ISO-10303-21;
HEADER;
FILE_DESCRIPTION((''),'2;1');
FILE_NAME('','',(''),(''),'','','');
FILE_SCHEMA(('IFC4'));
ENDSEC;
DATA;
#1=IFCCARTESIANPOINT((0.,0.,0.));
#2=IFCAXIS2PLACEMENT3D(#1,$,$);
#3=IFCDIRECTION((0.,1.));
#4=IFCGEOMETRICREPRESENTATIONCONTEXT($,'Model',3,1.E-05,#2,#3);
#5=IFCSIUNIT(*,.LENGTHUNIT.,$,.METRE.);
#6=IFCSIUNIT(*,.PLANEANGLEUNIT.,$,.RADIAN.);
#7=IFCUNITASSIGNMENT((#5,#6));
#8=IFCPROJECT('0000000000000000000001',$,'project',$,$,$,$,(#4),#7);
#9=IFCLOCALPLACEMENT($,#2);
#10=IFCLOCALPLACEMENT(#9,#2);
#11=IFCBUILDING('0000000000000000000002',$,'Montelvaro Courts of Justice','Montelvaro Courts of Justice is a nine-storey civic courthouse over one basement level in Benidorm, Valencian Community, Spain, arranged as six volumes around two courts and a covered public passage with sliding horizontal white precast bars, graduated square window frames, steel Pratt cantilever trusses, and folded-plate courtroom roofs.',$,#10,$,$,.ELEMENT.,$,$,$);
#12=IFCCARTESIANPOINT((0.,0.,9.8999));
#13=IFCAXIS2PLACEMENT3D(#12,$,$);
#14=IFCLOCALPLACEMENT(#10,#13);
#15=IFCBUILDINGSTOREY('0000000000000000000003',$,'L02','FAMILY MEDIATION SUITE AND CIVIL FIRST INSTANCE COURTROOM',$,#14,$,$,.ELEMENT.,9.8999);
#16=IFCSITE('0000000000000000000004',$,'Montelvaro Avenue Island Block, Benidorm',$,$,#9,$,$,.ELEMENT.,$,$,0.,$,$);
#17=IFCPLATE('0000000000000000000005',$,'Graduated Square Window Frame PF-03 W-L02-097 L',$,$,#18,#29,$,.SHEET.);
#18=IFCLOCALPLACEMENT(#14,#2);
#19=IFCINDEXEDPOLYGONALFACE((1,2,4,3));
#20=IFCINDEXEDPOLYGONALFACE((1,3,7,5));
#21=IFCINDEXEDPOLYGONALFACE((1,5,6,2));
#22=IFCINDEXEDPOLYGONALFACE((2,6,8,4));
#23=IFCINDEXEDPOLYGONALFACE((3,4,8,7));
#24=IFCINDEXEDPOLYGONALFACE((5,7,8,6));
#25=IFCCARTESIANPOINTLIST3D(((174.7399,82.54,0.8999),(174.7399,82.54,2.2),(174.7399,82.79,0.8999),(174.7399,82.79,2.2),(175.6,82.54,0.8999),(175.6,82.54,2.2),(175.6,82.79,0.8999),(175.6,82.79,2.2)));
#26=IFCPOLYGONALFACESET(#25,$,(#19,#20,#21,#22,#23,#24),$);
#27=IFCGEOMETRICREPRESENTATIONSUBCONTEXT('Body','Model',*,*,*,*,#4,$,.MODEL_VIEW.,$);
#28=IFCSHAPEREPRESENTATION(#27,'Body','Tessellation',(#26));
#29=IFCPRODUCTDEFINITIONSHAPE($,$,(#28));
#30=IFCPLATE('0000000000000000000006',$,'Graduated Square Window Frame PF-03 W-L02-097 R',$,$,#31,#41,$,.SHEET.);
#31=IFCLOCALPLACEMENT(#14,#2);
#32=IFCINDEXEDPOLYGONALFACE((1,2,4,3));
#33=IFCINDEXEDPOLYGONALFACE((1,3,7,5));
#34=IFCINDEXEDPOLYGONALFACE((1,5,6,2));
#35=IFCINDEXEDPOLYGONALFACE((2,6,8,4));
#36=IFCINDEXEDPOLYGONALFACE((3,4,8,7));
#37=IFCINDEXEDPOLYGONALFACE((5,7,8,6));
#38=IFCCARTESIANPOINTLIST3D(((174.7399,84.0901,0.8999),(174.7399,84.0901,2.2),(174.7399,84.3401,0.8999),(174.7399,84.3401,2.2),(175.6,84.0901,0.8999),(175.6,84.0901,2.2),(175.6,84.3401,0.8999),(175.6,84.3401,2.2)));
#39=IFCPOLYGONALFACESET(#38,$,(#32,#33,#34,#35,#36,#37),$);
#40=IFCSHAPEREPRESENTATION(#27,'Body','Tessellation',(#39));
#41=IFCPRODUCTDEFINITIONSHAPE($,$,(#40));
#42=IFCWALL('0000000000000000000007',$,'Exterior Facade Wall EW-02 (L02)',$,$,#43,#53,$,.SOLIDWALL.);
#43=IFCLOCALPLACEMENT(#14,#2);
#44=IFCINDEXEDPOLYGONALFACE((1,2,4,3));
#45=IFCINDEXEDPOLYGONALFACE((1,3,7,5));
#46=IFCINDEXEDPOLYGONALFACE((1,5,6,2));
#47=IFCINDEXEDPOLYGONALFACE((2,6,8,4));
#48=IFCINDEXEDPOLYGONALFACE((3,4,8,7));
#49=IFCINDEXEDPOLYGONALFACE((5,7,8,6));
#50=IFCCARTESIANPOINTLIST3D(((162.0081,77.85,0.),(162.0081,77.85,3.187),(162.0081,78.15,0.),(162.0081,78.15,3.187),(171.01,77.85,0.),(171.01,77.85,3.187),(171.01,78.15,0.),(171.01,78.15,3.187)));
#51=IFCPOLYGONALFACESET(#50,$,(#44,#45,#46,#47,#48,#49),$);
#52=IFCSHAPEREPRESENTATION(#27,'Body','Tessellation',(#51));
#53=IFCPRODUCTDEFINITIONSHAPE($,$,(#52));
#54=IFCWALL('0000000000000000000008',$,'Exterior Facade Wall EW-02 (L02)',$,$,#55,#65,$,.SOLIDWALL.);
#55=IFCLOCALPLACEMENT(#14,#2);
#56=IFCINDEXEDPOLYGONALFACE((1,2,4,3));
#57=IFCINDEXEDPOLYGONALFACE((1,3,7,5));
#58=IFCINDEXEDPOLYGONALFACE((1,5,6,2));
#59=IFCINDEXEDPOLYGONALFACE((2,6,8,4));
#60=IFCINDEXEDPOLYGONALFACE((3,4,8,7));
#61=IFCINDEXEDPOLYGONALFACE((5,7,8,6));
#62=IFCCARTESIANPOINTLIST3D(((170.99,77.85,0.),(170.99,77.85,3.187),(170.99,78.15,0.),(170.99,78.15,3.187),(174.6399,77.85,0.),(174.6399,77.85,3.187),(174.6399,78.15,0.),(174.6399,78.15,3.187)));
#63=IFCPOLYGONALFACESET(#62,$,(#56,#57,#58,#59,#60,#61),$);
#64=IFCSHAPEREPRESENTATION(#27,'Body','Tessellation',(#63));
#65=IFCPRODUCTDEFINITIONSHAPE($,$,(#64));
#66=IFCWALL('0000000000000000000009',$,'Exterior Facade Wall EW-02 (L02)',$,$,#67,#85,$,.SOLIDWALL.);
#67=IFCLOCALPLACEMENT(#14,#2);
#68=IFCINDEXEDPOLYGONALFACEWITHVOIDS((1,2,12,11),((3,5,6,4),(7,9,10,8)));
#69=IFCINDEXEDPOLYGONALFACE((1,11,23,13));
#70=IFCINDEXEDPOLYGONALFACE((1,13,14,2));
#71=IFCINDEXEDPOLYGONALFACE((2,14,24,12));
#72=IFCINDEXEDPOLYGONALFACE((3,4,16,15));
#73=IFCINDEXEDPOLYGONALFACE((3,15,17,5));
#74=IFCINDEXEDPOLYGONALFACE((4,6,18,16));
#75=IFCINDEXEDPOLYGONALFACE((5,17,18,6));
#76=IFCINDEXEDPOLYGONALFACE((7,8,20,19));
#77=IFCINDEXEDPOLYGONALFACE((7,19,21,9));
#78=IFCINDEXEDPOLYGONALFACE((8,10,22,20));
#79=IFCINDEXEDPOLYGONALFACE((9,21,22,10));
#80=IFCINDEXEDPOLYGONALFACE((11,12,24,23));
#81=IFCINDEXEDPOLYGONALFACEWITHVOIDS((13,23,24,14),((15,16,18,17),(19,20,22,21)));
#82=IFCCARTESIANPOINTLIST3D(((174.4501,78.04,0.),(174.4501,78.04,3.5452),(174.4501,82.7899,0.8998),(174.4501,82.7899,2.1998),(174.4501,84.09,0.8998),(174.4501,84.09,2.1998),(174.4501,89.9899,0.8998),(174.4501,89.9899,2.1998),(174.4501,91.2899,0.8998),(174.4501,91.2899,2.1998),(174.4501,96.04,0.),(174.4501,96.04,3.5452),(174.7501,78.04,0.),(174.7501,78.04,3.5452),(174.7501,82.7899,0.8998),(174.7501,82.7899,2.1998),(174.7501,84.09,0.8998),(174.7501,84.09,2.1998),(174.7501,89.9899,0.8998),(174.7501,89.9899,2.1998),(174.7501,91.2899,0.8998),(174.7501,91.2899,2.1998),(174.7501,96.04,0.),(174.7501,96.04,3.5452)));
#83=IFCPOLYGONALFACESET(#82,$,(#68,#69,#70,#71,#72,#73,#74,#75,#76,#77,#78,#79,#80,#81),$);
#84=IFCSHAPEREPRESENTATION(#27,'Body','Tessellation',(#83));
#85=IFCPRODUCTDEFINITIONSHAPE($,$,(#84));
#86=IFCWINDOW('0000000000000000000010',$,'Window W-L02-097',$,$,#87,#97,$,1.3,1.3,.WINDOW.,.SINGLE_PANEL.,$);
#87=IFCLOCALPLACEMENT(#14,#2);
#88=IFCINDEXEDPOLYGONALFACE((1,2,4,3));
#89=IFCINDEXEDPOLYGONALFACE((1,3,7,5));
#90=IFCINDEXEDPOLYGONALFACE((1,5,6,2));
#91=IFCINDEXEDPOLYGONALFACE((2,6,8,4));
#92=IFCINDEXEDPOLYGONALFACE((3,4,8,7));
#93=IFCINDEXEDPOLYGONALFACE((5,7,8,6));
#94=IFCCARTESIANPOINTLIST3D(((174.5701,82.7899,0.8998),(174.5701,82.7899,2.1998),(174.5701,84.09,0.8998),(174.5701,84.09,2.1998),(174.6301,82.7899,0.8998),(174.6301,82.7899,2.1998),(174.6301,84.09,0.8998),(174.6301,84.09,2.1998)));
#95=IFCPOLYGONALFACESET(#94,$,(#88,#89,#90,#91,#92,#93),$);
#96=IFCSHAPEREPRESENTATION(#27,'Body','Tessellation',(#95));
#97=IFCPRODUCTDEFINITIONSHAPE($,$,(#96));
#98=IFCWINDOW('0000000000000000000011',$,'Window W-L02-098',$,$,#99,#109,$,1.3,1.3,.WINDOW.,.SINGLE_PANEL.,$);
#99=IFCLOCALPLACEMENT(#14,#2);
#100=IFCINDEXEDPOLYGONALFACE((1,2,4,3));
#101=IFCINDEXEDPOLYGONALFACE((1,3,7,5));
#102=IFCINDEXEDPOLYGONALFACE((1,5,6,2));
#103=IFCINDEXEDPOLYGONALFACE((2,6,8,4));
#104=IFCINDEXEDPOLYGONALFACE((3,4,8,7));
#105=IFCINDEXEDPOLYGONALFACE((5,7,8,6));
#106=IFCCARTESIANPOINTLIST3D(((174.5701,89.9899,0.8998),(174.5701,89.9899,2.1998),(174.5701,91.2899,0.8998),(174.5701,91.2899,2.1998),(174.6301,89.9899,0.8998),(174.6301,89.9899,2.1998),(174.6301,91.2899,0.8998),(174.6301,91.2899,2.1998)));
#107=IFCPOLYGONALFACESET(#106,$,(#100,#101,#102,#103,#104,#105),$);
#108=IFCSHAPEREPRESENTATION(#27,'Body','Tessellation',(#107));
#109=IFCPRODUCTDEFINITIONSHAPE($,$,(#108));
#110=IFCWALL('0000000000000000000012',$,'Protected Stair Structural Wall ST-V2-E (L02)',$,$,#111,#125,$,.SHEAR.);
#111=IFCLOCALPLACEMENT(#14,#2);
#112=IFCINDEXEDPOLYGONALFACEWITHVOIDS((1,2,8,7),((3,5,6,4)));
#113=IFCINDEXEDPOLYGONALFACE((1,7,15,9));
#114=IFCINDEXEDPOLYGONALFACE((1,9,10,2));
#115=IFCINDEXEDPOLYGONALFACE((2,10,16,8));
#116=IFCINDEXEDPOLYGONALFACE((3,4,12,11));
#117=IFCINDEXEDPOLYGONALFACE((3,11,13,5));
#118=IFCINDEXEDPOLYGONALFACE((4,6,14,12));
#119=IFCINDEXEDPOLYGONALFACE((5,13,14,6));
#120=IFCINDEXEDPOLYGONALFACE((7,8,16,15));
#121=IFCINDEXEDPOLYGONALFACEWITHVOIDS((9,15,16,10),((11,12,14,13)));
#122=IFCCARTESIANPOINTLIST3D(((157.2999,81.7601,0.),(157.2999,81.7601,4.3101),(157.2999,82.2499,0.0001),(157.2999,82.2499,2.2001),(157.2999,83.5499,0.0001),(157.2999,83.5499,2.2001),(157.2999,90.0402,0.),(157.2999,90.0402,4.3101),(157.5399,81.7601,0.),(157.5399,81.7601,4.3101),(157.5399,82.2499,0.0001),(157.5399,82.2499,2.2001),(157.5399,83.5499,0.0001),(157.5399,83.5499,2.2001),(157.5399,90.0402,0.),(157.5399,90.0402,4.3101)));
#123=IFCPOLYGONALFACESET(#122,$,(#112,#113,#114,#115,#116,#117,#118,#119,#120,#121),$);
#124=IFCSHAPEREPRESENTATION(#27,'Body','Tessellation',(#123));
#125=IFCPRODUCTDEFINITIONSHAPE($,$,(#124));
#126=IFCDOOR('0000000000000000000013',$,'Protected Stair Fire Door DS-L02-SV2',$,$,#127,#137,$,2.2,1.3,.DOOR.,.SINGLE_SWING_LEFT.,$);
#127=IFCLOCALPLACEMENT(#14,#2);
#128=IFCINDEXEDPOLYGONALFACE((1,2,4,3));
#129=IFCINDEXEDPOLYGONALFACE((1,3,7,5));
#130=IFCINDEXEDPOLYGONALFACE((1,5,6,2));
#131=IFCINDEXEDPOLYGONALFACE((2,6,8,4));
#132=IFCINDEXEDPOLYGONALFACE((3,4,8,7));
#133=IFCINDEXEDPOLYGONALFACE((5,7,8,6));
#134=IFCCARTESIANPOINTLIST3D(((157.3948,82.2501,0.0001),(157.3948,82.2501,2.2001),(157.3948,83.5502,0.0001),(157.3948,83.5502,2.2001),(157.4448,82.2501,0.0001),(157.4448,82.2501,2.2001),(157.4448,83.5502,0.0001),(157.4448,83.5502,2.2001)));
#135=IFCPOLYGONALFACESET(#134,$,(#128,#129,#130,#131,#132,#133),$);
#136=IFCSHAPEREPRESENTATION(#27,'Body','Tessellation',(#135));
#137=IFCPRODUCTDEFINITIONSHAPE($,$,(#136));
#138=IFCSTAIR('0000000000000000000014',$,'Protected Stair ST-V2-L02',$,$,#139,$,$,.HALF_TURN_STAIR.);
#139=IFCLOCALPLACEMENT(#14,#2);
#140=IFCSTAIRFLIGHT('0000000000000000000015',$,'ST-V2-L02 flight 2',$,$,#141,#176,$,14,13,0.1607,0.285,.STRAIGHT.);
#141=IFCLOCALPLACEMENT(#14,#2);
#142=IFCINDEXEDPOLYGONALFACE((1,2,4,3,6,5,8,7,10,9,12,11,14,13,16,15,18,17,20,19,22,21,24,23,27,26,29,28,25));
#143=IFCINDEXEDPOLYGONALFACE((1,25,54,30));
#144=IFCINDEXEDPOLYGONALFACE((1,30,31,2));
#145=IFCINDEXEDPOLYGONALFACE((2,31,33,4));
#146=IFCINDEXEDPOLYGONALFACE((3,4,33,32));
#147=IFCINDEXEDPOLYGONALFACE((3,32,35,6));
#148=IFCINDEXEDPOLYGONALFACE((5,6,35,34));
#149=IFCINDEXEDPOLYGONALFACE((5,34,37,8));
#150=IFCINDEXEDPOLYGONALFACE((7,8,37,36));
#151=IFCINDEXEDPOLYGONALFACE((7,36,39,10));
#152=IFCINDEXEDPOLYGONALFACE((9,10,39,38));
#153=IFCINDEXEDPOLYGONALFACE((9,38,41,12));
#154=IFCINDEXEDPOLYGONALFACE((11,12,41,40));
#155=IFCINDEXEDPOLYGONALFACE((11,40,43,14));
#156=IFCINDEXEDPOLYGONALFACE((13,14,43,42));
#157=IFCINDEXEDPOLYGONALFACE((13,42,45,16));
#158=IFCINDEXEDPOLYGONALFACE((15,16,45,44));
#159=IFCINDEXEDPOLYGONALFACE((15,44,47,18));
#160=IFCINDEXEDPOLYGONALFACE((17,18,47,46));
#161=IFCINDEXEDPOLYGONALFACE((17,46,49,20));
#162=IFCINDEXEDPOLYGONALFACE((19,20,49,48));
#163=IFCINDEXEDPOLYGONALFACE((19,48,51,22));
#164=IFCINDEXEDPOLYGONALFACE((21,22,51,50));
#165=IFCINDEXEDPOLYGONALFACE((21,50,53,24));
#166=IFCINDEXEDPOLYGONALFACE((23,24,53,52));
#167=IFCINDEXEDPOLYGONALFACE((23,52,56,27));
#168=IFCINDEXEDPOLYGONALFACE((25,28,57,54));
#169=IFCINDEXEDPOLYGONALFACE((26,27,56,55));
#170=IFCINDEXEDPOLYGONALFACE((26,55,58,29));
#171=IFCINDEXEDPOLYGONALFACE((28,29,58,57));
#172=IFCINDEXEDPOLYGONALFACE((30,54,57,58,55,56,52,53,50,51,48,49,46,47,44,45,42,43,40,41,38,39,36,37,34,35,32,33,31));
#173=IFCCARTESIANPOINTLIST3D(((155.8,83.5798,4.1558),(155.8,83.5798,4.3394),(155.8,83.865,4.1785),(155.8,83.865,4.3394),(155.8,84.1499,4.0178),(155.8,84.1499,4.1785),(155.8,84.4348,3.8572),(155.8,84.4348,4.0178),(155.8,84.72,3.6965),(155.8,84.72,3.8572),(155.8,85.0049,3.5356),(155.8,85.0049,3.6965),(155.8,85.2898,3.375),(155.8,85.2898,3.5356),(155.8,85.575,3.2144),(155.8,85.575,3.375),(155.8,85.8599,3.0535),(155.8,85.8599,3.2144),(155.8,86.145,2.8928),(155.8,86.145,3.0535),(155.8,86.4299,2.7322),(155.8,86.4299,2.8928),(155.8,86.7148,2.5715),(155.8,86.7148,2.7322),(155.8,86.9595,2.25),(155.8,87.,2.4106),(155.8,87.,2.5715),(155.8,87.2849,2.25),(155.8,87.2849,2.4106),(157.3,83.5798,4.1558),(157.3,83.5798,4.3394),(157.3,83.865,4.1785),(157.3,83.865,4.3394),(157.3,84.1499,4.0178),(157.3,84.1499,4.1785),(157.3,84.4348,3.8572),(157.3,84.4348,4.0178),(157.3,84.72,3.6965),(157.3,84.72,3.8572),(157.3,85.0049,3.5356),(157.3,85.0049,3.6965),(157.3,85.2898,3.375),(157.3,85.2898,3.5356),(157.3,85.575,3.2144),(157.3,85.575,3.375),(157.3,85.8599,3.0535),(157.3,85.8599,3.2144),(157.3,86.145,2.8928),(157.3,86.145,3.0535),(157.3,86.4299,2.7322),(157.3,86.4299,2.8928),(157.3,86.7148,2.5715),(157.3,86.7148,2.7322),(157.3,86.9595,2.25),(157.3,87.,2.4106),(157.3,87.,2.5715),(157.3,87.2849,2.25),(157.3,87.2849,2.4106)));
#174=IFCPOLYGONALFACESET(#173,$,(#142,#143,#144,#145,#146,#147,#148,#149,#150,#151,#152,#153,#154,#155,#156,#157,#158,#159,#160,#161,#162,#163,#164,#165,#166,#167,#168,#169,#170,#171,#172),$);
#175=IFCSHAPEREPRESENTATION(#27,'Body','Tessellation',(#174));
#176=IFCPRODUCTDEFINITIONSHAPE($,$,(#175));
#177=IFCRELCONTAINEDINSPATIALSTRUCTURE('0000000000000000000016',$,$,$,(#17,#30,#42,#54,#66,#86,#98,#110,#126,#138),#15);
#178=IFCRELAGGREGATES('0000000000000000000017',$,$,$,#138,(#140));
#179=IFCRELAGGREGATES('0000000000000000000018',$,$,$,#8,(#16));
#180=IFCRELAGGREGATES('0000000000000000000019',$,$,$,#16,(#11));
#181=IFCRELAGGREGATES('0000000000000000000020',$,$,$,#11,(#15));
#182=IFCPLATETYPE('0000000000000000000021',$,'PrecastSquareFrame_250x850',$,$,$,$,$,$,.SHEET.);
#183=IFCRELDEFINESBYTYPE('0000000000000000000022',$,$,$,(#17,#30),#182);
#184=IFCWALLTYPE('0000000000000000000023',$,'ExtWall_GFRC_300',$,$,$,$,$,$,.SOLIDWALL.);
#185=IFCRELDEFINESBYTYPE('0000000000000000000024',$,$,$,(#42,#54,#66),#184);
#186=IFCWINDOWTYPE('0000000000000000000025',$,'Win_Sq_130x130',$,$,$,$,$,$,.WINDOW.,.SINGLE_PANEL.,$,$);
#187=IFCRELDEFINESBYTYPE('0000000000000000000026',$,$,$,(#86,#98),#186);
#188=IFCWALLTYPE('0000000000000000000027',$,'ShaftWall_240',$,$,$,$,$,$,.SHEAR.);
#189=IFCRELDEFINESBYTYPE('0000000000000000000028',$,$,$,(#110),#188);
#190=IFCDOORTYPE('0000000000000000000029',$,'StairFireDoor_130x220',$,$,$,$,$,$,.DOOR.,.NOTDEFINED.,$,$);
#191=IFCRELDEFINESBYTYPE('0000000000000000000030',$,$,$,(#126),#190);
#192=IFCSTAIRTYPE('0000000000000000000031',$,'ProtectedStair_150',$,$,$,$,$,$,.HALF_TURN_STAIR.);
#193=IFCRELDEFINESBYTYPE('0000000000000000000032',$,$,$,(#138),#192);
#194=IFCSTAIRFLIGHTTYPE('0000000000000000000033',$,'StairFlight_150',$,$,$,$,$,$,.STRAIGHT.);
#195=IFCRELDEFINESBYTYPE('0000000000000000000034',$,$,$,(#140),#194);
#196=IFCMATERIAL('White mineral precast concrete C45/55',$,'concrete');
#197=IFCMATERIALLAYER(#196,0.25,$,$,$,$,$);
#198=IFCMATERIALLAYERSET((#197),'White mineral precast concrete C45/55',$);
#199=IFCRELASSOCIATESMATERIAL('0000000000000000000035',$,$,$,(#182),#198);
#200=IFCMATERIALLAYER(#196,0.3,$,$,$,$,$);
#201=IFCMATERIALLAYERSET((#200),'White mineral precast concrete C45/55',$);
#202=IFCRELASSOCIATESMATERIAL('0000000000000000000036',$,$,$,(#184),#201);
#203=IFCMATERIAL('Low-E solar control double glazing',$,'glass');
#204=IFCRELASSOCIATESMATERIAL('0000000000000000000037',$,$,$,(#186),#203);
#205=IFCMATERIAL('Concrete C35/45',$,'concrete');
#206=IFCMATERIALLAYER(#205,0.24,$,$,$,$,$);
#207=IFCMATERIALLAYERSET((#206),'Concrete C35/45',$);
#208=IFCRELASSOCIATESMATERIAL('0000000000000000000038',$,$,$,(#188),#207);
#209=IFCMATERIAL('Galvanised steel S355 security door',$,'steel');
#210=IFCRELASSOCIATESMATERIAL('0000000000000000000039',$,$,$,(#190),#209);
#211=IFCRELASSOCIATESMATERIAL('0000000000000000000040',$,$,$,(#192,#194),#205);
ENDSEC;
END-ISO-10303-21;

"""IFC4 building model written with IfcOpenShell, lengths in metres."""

from ifc_helpers import new_model, si_unit, direction, frame, frame_2d, origin, origin_2d, place, context, subcontext, project, spatial, polyline, rectangle, outline, extrude, material, layer, layer_set, type_object, element, fill, aggregate, save


model = new_model("IFC4")

# Units and contexts
model_context = context("Model", 3, precision=1e-05, world=origin(), true_north=direction((0.0, 1.0)))
body_context = subcontext(model_context, "Body", "Model", "MODEL_VIEW")
ifc_project = project(units=[si_unit("LENGTHUNIT", "METRE"), si_unit("PLANEANGLEUNIT", "RADIAN")], contexts=[model_context])

# Site, building, storey
site_placement = place(None, origin())
site = spatial("IfcSite", under=ifc_project, at=site_placement, Name="Montelvaro Avenue Island Block, Benidorm", CompositionType="ELEMENT", RefElevation=0.0)
building_placement = place(site_placement, origin())
building = spatial("IfcBuilding", under=site, at=building_placement, Name="Montelvaro Courts of Justice", Description="Montelvaro Courts of Justice is a nine-storey civic courthouse over one basement level in Benidorm, Valencian Community, Spain, arranged as six volumes around two courts and a covered public passage with sliding horizontal white precast bars, graduated square window frames, steel Pratt cantilever trusses, and folded-plate courtroom roofs.", CompositionType="ELEMENT")
storey_placement = place(building_placement, frame((0.0, 0.0, 9.8999)))
storey = spatial("IfcBuildingStorey", under=building, at=storey_placement, Name="L02", Description="FAMILY MEDIATION SUITE AND CIVIL FIRST INSTANCE COURTROOM", CompositionType="ELEMENT", Elevation=9.8999)

# Plates
ifc_material_1 = material(Name="White mineral precast concrete C45/55", Category="concrete")
ifc_layer_1 = layer(ifc_material_1, 0.25)
ifc_layer_set_1 = layer_set([ifc_layer_1], Name="White mineral precast concrete C45/55")
plate_type_1 = type_object("IfcPlateType", Name="PrecastSquareFrame_250x850", PredefinedType="SHEET", material=ifc_layer_set_1)
for number, where, z_axis, x_axis, name in (
    (1, (175.1699, 82.665, 0.8999), (0.0, 0.0, 1.0), (0.0, 1.0, 0.0), "Graduated Square Window Frame PF-03 W-L02-097 L"),
    (2, (175.1699, 84.2151, 0.8999), (0.0, 0.0, 1.0), (0.0, 1.0, 0.0), "Graduated Square Window Frame PF-03 W-L02-097 R"),
):
    element("IfcPlate", number, at=place(storey_placement, frame(where, z_axis=z_axis, x_axis=x_axis)), inside=storey, type_object=plate_type_1, Name=name, PredefinedType="SHEET", context=body_context, shape_type="SweptSolid", body=[
        extrude(rectangle(XDim=0.25, YDim=0.8601, at=origin_2d()), origin(), (0.0, 0.0, 1.0), 1.3),
    ])

# Walls
ifc_layer_2 = layer(ifc_material_1, 0.3)
ifc_layer_set_2 = layer_set([ifc_layer_2], Name="White mineral precast concrete C45/55")
wall_type_1 = type_object("IfcWallType", Name="ExtWall_GFRC_300", PredefinedType="SOLIDWALL", material=ifc_layer_set_2)
wall_1_placement = place(storey_placement, frame((162.0081, 78.0, 0.0), z_axis=(0.0, 0.0, 1.0), x_axis=(1.0, 0.0, 0.0)))
element("IfcWall", 3, at=wall_1_placement, inside=storey, type_object=wall_type_1, Name="Exterior Facade Wall EW-02 (L02)", PredefinedType="SOLIDWALL", context=body_context, shape_type="SweptSolid", body=[
    extrude(rectangle(XDim=9.002, YDim=0.3, at=frame_2d((4.501, 0.0))), origin(), (0.0, 0.0, 1.0), 3.187),
])
wall_2_placement = place(storey_placement, frame((170.99, 78.0, 0.0), z_axis=(0.0, 0.0, 1.0), x_axis=(1.0, 0.0, 0.0)))
element("IfcWall", 4, at=wall_2_placement, inside=storey, type_object=wall_type_1, Name="Exterior Facade Wall EW-02 (L02)", PredefinedType="SOLIDWALL", context=body_context, shape_type="SweptSolid", body=[
    extrude(rectangle(XDim=3.6499, YDim=0.3, at=frame_2d((1.825, 0.0))), origin(), (0.0, 0.0, 1.0), 3.187),
])

# Wall, openings, windows
wall_3_placement = place(storey_placement, frame((174.6001, 78.04, 0.0), z_axis=(0.0, 0.0, 1.0), x_axis=(0.0, 1.0, 0.0)))
wall_3 = element("IfcWall", 5, at=wall_3_placement, inside=storey, type_object=wall_type_1, Name="Exterior Facade Wall EW-02 (L02)", PredefinedType="SOLIDWALL", context=body_context, shape_type="SweptSolid", body=[
    extrude(rectangle(XDim=18.0, YDim=0.3, at=frame_2d((9.0, 0.0))), origin(), (0.0, 0.0, 1.0), 3.5452),
])
opening_1_placement = place(wall_3_placement, frame((4.75, 0.0, 0.8999)))
opening_1 = element("IfcOpeningElement", 6, at=opening_1_placement, cuts=wall_3, PredefinedType="OPENING", context=body_context, shape_type="SweptSolid", body=[
    extrude(rectangle(XDim=1.3, YDim=1.3, at=frame_2d((0.6499, 0.6499))), frame((0.0, 0.165, 0.0), z_axis=(0.0, -1.0, 0.0), x_axis=(1.0, 0.0, 0.0)), (0.0, 0.0, 1.0), 0.3298),
])
opening_2_placement = place(wall_3_placement, frame((11.95, 0.0, 0.8999)))
opening_2 = element("IfcOpeningElement", 7, at=opening_2_placement, cuts=wall_3, PredefinedType="OPENING", context=body_context, shape_type="SweptSolid", body=[
    extrude(rectangle(XDim=1.3, YDim=1.3, at=frame_2d((0.6499, 0.6499))), frame((0.0, 0.165, 0.0), z_axis=(0.0, -1.0, 0.0), x_axis=(1.0, 0.0, 0.0)), (0.0, 0.0, 1.0), 0.3298),
])
ifc_material_2 = material(Name="Low-E solar control double glazing", Category="glass")
window_type = type_object("IfcWindowType", Name="Win_Sq_130x130", PartitioningType="SINGLE_PANEL", PredefinedType="WINDOW", material=ifc_material_2)
window_1_placement = place(opening_1_placement, origin())
window_1 = element("IfcWindow", 8, at=window_1_placement, inside=storey, type_object=window_type, Name="Window W-L02-097", OverallHeight=1.3, OverallWidth=1.3, PartitioningType="SINGLE_PANEL", PredefinedType="WINDOW", context=body_context, shape_type="SweptSolid", body=[
    extrude(rectangle(XDim=1.3, YDim=1.3, at=frame_2d((0.6499, 0.6499))), frame((0.0, 0.03, 0.0), z_axis=(0.0, -1.0, 0.0), x_axis=(1.0, 0.0, 0.0)), (0.0, 0.0, 1.0), 0.0601),
])
fill(opening_1, window_1)
window_2_placement = place(opening_2_placement, origin())
window_2 = element("IfcWindow", 9, at=window_2_placement, inside=storey, type_object=window_type, Name="Window W-L02-098", OverallHeight=1.3, OverallWidth=1.3, PartitioningType="SINGLE_PANEL", PredefinedType="WINDOW", context=body_context, shape_type="SweptSolid", body=[
    extrude(rectangle(XDim=1.3, YDim=1.3, at=frame_2d((0.6499, 0.6499))), frame((0.0, 0.03, 0.0), z_axis=(0.0, -1.0, 0.0), x_axis=(1.0, 0.0, 0.0)), (0.0, 0.0, 1.0), 0.0601),
])
fill(opening_2, window_2)

# Wall, opening, door
ifc_material_3 = material(Name="Concrete C35/45", Category="concrete")
ifc_layer_3 = layer(ifc_material_3, 0.24)
ifc_layer_set_3 = layer_set([ifc_layer_3], Name="Concrete C35/45")
wall_type_2 = type_object("IfcWallType", Name="ShaftWall_240", PredefinedType="SHEAR", material=ifc_layer_set_3)
wall_4_placement = place(storey_placement, frame((157.4199, 81.76, 0.0), z_axis=(0.0, 0.0, 1.0), x_axis=(0.0, 1.0, 0.0)))
wall_4 = element("IfcWall", 10, at=wall_4_placement, inside=storey, type_object=wall_type_2, Name="Protected Stair Structural Wall ST-V2-E (L02)", PredefinedType="SHEAR", context=body_context, shape_type="SweptSolid", body=[
    extrude(rectangle(XDim=8.28, YDim=0.24, at=frame_2d((4.1401, 0.0))), origin(), (0.0, 0.0, 1.0), 4.3101),
])
opening_3_placement = place(wall_4_placement, frame((0.49, 0.0, 0.0)))
opening_3 = element("IfcOpeningElement", 11, at=opening_3_placement, cuts=wall_4, PredefinedType="OPENING", context=body_context, shape_type="SweptSolid", body=[
    extrude(rectangle(XDim=1.3, YDim=2.2, at=frame_2d((0.6499, 1.1001))), frame((0.0, 0.1348, 0.0), z_axis=(0.0, -1.0, 0.0), x_axis=(1.0, 0.0, 0.0)), (0.0, 0.0, 1.0), 0.2698),
])
ifc_material_4 = material(Name="Galvanised steel S355 security door", Category="steel")
door_type = type_object("IfcDoorType", Name="StairFireDoor_130x220", OperationType="NOTDEFINED", PredefinedType="DOOR", material=ifc_material_4)
door_placement = place(opening_3_placement, frame((1.3, 0.0, 0.0), z_axis=(0.0, 0.0, 1.0), x_axis=(-1.0, 0.0, 0.0)))
door = element("IfcDoor", 12, at=door_placement, inside=storey, type_object=door_type, Name="Protected Stair Fire Door DS-L02-SV2", OperationType="SINGLE_SWING_LEFT", OverallHeight=2.2, OverallWidth=1.3, PredefinedType="DOOR", context=body_context, shape_type="SweptSolid", body=[
    extrude(rectangle(XDim=1.3, YDim=2.2, at=frame_2d((0.6499, 1.1001))), frame((0.0, 0.0249, 0.0), z_axis=(0.0, -1.0, 0.0), x_axis=(1.0, 0.0, 0.0)), (0.0, 0.0, 1.0), 0.05),
])
fill(opening_3, door)

# Stair, stair flight
stair_type = type_object("IfcStairType", Name="ProtectedStair_150", PredefinedType="HALF_TURN_STAIR", material=ifc_material_3)
stair_placement = place(storey_placement, origin())
stair = element("IfcStair", 13, at=stair_placement, inside=storey, type_object=stair_type, Name="Protected Stair ST-V2-L02", PredefinedType="HALF_TURN_STAIR")
stair_flight_type = type_object("IfcStairFlightType", Name="StairFlight_150", PredefinedType="STRAIGHT", material=ifc_material_3)
stair_flight_placement = place(storey_placement, frame((156.55, 87.2849, 2.25), z_axis=(0.0, 0.0, 1.0), x_axis=(0.0, -1.0, 0.0)))
stair_flight = element("IfcStairFlight", 14, at=stair_flight_placement, type_object=stair_flight_type, Name="ST-V2-L02 flight 2", NumberOfRisers=14, NumberOfTreads=13, PredefinedType="STRAIGHT", RiserHeight=0.1607, TreadLength=0.285, context=body_context, shape_type="SweptSolid", body=[
    extrude(outline(polyline([(0.0, 0.0), (0.0, 0.1606), (0.2849, 0.1606), (0.2849, 0.3215), (0.5701, 0.3215), (0.5701, 0.4822), (0.855, 0.4822), (0.855, 0.6428), (1.1399, 0.6428), (1.1399, 0.8035), (1.425, 0.8035), (1.425, 0.9644), (1.71, 0.9644), (1.71, 1.125), (1.9951, 1.125), (1.9951, 1.2856), (2.28, 1.2856), (2.28, 1.4465), (2.5649, 1.4465), (2.5649, 1.6072), (2.8501, 1.6072), (2.8501, 1.7678), (3.135, 1.7678), (3.135, 1.9285), (3.4199, 1.9285), (3.4199, 2.0894), (3.7051, 2.0894), (3.7051, 2.25), (3.7051, 1.9058), (0.3254, 0.0), (0.0, 0.0)])), frame((0.0, 0.75, 0.0), z_axis=(0.0, -1.0, 0.0), x_axis=(1.0, 0.0, 0.0)), (0.0, 0.0, 1.0), 1.5),
])
aggregate(stair, [stair_flight])

save(model, "model.ifc")
